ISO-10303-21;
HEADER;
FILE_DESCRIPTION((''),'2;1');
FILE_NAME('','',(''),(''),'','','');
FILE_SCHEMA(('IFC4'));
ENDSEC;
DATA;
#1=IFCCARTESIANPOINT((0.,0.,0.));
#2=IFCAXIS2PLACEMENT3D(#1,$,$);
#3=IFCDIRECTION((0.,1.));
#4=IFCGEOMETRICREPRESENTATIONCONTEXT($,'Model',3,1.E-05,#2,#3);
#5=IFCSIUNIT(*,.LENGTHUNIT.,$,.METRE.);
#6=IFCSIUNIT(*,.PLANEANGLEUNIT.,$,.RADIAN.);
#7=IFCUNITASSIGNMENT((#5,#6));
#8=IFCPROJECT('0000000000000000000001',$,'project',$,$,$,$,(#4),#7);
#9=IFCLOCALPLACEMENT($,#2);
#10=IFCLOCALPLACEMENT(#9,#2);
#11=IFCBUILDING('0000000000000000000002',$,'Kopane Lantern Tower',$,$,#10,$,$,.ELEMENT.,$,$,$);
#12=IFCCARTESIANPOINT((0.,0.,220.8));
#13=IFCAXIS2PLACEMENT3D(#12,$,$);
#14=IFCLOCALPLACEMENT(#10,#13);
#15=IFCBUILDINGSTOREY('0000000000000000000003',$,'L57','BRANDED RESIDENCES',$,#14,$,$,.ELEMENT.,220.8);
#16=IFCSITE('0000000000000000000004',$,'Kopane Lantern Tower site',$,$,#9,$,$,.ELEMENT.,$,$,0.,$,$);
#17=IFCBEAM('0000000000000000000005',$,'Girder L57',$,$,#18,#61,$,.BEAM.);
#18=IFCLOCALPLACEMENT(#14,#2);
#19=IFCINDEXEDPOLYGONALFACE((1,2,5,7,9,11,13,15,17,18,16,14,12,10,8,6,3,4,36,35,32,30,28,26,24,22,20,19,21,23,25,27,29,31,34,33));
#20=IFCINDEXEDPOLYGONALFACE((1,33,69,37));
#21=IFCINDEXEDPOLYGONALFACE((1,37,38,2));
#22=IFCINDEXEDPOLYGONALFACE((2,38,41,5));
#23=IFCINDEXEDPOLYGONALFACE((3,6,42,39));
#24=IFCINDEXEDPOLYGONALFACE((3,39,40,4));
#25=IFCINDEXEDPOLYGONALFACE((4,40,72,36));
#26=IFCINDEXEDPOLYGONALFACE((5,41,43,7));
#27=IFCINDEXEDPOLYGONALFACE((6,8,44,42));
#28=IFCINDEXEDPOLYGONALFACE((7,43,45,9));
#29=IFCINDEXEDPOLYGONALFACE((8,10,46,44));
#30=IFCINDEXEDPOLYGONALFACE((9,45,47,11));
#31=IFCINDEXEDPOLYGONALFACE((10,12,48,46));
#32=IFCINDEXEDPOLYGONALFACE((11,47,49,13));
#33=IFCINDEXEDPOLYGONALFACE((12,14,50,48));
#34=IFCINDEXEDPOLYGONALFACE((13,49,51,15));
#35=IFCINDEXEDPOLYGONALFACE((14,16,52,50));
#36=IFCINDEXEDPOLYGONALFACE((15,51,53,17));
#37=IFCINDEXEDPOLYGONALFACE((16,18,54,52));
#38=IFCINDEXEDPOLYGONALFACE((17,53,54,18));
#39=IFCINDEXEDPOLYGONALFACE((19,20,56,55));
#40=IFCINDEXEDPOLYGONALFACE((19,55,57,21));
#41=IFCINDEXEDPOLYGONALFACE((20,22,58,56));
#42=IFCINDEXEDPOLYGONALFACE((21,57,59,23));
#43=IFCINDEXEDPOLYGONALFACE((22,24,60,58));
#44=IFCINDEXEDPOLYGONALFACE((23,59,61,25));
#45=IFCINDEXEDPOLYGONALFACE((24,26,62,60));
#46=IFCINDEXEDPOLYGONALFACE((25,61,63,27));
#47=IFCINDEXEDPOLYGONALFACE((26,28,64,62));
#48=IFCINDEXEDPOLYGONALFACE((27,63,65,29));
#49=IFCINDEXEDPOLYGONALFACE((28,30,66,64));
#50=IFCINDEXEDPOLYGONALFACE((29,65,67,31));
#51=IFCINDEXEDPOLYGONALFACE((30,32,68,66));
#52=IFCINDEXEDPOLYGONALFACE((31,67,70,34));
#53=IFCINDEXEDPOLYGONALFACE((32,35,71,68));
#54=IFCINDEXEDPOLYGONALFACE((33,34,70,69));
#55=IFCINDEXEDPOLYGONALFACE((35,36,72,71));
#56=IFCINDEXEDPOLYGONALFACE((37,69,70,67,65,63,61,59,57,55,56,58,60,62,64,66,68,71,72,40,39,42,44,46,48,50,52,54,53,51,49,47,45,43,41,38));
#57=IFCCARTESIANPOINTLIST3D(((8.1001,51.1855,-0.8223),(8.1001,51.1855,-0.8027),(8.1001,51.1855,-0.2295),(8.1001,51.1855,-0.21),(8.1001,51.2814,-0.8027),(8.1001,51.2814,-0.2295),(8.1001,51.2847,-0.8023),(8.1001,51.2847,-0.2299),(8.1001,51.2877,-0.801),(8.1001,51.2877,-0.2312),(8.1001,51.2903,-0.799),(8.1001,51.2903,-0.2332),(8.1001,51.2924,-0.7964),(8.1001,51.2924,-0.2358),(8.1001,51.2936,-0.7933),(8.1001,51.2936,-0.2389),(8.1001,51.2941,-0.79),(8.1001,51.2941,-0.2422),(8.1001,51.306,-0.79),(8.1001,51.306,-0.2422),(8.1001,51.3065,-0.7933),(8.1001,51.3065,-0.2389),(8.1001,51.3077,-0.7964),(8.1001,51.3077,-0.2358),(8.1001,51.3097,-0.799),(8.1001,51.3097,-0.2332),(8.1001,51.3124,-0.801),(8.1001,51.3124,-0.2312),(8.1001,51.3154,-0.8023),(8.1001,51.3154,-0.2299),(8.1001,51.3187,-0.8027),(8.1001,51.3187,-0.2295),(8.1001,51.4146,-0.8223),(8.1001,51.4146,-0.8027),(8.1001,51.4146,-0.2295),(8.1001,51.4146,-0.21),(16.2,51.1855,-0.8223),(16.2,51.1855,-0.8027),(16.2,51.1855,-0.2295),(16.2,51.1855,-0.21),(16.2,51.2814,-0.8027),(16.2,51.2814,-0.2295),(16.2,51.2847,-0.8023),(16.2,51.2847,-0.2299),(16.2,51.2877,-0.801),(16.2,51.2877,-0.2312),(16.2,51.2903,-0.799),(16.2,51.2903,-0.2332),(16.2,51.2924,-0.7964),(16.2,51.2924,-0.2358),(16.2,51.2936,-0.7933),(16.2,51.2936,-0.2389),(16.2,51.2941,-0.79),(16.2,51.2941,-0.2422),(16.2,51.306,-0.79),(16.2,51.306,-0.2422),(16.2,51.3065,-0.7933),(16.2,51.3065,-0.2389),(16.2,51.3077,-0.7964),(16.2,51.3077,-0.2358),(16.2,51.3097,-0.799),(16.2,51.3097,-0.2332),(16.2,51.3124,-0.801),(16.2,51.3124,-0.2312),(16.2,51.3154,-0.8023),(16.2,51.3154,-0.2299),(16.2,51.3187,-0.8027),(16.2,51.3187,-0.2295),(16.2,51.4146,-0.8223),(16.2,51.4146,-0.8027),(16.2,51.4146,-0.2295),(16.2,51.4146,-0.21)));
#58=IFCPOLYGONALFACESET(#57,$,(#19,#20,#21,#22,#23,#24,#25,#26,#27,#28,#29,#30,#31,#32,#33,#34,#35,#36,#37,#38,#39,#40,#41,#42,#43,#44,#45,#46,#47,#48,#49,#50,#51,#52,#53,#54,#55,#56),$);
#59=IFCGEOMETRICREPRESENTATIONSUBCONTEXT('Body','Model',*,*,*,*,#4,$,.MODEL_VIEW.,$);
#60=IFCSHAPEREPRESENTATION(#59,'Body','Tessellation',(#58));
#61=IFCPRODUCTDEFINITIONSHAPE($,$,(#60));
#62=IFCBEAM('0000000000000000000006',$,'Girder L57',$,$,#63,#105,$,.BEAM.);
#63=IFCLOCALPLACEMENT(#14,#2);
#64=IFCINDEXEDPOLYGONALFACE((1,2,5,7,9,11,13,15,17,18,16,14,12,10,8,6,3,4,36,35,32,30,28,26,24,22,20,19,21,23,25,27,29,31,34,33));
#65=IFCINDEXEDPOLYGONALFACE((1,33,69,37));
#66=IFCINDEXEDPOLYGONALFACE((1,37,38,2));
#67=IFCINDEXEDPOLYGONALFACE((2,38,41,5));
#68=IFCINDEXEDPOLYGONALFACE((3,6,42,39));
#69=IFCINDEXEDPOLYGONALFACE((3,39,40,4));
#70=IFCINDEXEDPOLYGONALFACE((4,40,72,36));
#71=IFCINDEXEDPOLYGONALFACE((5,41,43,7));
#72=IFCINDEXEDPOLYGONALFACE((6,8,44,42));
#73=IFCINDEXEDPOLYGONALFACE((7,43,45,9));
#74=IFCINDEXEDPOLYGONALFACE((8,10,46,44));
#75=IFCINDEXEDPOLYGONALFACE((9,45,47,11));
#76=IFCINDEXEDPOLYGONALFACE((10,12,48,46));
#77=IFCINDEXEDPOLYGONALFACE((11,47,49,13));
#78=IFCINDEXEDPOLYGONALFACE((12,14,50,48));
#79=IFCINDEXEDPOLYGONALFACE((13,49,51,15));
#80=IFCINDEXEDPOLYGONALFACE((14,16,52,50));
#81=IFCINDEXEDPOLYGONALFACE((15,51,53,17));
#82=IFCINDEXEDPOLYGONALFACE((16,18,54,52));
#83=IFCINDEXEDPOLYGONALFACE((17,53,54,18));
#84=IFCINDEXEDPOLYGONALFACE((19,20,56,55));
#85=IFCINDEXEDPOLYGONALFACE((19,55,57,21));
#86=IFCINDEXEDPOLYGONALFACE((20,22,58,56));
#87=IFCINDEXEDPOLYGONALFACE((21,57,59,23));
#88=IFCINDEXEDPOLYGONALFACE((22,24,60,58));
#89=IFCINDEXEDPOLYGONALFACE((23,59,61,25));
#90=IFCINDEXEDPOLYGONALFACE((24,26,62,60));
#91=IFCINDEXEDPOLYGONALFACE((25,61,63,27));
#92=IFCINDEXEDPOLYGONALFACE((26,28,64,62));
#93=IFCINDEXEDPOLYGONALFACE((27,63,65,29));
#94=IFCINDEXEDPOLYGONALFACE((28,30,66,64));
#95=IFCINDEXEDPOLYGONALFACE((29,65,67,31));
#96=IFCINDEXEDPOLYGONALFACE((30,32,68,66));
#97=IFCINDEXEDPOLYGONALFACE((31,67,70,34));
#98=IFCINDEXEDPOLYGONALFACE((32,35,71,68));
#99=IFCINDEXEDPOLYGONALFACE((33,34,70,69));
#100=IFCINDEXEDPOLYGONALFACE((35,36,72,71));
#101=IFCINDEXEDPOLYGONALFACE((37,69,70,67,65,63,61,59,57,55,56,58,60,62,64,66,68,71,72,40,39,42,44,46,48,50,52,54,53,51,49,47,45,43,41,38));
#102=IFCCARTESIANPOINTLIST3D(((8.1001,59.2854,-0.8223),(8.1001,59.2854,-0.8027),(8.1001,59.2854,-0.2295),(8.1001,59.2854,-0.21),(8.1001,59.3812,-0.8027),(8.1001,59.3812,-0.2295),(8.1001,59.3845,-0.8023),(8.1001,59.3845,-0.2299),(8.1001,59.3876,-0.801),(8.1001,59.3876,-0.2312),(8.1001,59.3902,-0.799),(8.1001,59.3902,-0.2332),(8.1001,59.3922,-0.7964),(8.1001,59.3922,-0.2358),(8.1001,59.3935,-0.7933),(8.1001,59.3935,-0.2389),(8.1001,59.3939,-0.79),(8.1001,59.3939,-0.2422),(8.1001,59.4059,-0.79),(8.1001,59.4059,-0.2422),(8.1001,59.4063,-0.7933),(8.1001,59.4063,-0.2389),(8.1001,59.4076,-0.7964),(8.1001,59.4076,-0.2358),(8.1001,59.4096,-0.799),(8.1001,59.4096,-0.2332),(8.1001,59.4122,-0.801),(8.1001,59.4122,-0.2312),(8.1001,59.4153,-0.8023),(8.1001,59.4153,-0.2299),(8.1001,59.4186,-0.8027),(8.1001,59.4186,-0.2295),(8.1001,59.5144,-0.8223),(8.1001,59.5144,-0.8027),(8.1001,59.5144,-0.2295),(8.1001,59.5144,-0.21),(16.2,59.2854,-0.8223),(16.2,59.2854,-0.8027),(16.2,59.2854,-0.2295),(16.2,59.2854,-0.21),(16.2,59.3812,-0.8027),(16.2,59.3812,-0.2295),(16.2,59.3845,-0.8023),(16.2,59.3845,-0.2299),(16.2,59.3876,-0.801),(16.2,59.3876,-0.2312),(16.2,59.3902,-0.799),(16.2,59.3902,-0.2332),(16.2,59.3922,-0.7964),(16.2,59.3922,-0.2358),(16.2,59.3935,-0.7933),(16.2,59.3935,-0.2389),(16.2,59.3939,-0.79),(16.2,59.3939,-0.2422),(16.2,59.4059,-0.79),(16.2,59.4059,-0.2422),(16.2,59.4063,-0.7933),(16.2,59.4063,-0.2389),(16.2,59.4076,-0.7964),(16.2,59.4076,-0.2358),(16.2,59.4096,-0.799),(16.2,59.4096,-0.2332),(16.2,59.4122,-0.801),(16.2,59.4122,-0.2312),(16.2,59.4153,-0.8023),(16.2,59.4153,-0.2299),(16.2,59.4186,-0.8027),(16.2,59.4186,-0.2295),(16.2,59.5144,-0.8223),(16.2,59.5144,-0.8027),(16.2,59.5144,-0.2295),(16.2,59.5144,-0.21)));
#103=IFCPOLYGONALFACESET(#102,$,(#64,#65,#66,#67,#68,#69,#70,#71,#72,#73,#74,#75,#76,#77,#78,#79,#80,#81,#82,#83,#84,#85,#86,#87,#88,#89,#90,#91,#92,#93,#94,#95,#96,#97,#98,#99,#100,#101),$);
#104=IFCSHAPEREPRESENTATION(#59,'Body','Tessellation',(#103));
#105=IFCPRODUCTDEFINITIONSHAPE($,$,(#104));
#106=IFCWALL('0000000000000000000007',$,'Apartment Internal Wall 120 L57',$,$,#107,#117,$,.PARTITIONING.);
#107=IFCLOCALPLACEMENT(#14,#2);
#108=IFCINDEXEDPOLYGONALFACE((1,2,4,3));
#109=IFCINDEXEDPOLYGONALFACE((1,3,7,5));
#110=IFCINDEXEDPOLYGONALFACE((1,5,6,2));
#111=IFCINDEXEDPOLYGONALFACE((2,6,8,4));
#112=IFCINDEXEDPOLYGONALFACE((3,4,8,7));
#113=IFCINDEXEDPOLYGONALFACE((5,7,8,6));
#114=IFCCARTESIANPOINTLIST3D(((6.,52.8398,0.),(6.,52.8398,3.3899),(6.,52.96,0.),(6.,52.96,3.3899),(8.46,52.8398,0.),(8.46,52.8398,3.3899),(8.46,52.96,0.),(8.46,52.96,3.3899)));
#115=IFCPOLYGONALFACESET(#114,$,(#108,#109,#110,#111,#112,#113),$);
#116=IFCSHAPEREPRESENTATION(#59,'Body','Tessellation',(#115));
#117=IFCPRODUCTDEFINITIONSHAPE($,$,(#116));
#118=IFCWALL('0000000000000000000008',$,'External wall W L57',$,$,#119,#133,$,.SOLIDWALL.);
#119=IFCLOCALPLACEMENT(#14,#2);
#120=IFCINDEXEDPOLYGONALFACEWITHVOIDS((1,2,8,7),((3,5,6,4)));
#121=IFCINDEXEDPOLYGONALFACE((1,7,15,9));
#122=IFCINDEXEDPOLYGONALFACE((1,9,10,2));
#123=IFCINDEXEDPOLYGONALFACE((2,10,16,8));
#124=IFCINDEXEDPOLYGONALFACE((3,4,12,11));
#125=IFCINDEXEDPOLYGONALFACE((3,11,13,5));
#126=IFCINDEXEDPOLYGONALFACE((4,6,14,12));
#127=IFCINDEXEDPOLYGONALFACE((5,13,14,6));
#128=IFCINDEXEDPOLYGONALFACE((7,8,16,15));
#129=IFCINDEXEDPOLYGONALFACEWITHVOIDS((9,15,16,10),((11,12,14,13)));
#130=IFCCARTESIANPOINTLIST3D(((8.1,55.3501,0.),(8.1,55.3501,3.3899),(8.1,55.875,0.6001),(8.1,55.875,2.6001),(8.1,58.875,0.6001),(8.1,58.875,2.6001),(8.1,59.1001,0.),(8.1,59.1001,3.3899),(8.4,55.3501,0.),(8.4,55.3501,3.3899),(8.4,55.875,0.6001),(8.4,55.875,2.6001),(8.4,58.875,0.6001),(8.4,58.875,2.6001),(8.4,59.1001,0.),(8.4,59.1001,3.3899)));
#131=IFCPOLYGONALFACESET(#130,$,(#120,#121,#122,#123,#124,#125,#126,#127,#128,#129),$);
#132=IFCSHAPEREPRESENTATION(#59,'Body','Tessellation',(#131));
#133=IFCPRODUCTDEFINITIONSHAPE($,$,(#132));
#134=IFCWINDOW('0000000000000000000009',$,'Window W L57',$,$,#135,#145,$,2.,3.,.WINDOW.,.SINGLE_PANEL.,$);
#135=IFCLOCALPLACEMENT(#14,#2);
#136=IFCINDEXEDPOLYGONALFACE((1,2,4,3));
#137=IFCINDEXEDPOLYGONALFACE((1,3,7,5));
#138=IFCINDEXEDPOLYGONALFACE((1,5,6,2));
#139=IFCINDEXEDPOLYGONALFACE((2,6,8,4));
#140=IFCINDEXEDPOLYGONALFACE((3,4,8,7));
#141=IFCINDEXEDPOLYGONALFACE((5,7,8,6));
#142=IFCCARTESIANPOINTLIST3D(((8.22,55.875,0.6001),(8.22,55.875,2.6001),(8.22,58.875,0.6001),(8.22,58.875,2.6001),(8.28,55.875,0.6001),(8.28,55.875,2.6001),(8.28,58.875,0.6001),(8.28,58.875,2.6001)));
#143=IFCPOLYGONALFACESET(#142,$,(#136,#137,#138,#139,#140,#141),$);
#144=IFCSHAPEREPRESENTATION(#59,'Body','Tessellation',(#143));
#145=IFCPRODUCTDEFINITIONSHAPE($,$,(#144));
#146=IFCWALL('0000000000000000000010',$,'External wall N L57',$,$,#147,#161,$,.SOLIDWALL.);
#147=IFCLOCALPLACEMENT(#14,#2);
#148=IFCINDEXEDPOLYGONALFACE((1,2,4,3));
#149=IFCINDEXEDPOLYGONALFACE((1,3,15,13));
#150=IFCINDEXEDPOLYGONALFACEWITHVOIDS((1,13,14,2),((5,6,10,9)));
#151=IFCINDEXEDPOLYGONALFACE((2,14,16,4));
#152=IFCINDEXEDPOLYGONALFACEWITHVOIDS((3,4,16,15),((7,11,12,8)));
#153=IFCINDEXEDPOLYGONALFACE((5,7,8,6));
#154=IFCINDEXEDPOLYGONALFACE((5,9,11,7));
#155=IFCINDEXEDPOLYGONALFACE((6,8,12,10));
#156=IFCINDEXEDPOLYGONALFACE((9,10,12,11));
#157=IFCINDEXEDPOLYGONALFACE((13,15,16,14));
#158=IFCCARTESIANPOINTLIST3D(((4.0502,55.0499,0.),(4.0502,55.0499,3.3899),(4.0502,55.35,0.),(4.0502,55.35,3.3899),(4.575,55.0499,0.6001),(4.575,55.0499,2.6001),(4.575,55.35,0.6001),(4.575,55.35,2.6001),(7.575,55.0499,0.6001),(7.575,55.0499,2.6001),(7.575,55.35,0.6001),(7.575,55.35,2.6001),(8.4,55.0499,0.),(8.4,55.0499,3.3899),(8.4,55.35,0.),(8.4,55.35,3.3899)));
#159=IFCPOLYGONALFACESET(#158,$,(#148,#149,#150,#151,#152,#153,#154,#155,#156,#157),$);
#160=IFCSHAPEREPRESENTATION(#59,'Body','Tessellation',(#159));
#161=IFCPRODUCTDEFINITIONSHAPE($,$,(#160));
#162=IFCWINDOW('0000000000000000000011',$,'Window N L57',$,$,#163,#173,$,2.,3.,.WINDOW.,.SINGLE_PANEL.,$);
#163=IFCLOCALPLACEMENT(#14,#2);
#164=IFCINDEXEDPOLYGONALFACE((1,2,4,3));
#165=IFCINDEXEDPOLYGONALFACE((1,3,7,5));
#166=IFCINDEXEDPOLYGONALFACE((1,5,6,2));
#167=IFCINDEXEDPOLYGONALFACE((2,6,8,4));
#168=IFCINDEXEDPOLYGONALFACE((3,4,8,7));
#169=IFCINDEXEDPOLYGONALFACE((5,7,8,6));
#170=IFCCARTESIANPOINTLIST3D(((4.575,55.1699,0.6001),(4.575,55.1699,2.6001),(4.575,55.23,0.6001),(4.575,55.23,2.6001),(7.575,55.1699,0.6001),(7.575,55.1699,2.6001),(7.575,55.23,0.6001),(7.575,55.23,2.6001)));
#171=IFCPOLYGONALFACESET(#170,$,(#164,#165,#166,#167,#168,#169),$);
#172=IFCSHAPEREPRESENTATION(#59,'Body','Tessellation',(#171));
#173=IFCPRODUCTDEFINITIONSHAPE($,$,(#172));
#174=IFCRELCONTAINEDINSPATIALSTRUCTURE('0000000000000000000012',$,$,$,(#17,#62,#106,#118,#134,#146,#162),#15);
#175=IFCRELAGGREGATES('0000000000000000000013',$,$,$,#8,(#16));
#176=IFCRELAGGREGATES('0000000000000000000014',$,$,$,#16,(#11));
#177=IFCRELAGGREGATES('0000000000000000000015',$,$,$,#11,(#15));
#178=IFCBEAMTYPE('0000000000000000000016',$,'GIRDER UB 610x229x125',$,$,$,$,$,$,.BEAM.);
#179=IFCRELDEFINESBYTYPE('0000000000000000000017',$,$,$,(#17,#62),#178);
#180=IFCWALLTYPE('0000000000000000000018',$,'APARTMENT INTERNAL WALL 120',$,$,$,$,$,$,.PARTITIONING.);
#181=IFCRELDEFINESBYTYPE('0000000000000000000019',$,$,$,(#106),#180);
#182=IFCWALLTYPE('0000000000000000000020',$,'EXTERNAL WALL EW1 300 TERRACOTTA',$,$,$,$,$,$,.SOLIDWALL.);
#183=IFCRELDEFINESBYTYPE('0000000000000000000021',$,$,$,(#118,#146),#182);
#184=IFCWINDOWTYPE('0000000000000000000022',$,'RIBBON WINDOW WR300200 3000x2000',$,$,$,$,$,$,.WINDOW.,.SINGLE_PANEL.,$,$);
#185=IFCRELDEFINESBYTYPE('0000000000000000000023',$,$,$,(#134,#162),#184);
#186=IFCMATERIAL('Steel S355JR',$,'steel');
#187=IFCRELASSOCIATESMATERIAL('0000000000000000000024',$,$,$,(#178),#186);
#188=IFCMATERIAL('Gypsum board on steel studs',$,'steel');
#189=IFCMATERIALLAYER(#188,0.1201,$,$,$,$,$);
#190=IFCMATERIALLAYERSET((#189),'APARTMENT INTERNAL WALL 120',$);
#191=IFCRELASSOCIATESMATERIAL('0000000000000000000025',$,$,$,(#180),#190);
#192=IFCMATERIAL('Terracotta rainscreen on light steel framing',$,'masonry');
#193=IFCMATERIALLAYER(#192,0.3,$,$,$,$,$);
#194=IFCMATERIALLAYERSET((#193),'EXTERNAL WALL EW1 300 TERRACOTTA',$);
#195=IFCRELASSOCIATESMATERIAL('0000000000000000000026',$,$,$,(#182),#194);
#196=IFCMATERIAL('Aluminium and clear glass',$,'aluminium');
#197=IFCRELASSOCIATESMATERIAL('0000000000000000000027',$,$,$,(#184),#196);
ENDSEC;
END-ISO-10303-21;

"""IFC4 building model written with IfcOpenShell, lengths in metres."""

from ifc_helpers import new_model, si_unit, direction, frame, frame_2d, origin, origin_2d, place, context, subcontext, project, spatial, rectangle, i_section, extrude, material, layer, layer_set, material_profile, profile_set, type_object, element, fill, save


model = new_model("IFC4")

# Units and contexts
model_context = context("Model", 3, precision=1e-05, world=origin(), true_north=direction((0.0, 1.0)))
body_context = subcontext(model_context, "Body", "Model", "MODEL_VIEW")
ifc_project = project(units=[si_unit("LENGTHUNIT", "METRE"), si_unit("PLANEANGLEUNIT", "RADIAN")], contexts=[model_context])

# Site, building, storey
site_placement = place(None, origin())
site = spatial("IfcSite", under=ifc_project, at=site_placement, Name="Kopane Lantern Tower site", CompositionType="ELEMENT", RefElevation=0.0)
building_placement = place(site_placement, origin())
building = spatial("IfcBuilding", under=site, at=building_placement, Name="Kopane Lantern Tower", CompositionType="ELEMENT")
storey_placement = place(building_placement, frame((0.0, 0.0, 220.8)))
storey = spatial("IfcBuildingStorey", under=building, at=storey_placement, Name="L57", Description="BRANDED RESIDENCES", CompositionType="ELEMENT", Elevation=220.8)

# Beams
ifc_material_1 = material(Name="Steel S355JR", Category="steel")
ifc_material_profile_1 = material_profile(ifc_material_1, i_section(OverallWidth=0.229, OverallDepth=0.6123, WebThickness=0.012, FlangeThickness=0.0195, FilletRadius=0.0127, at=origin_2d()), Name="UB 610x229x125")
ifc_profile_set_1 = profile_set([ifc_material_profile_1], Name="Steel S355JR")
beam_type_1 = type_object("IfcBeamType", Name="GIRDER UB 610x229x125", PredefinedType="BEAM", material=ifc_profile_set_1)
for number, where, z_axis, x_axis, name in (
    (1, (8.1001, 51.3, -0.5161), (1.0, 0.0, 0.0), (0.0, 1.0, 0.0), "Girder L57"),
    (2, (8.1001, 59.3999, -0.5161), (1.0, 0.0, 0.0), (0.0, 1.0, 0.0), "Girder L57"),
):
    element("IfcBeam", number, at=place(storey_placement, frame(where, z_axis=z_axis, x_axis=x_axis)), inside=storey, type_object=beam_type_1, Name=name, PredefinedType="BEAM", context=body_context, shape_type="SweptSolid", body=[
        extrude(i_section(OverallWidth=0.229, OverallDepth=0.6123, WebThickness=0.012, FlangeThickness=0.0195, FilletRadius=0.0127, at=origin_2d()), origin(), (0.0, 0.0, 1.0), 8.0999),
    ])

# Wall
ifc_material_2 = material(Name="Gypsum board on steel studs", Category="steel")
ifc_layer_1 = layer(ifc_material_2, 0.1201)
ifc_layer_set_1 = layer_set([ifc_layer_1], Name="APARTMENT INTERNAL WALL 120")
wall_type_1 = type_object("IfcWallType", Name="APARTMENT INTERNAL WALL 120", PredefinedType="PARTITIONING", material=ifc_layer_set_1)
wall_1_placement = place(storey_placement, frame((6.0, 52.8999, 0.0), z_axis=(0.0, 0.0, 1.0), x_axis=(1.0, 0.0, 0.0)))
element("IfcWall", 3, at=wall_1_placement, inside=storey, type_object=wall_type_1, Name="Apartment Internal Wall 120 L57", PredefinedType="PARTITIONING", context=body_context, shape_type="SweptSolid", body=[
    extrude(rectangle(XDim=2.46, YDim=0.1201, at=frame_2d((1.23, 0.0))), origin(), (0.0, 0.0, 1.0), 3.3899),
])

# Walls, openings, windows
ifc_material_3 = material(Name="Terracotta rainscreen on light steel framing", Category="masonry")
ifc_layer_2 = layer(ifc_material_3, 0.3)
ifc_layer_set_2 = layer_set([ifc_layer_2], Name="EXTERNAL WALL EW1 300 TERRACOTTA")
wall_type_2 = type_object("IfcWallType", Name="EXTERNAL WALL EW1 300 TERRACOTTA", PredefinedType="SOLIDWALL", material=ifc_layer_set_2)
wall_2_placement = place(storey_placement, frame((8.25, 59.1001, 0.0), z_axis=(0.0, 0.0, 1.0), x_axis=(0.0, -1.0, 0.0)))
wall_2 = element("IfcWall", 4, at=wall_2_placement, inside=storey, type_object=wall_type_2, Name="External wall W L57", PredefinedType="SOLIDWALL", context=body_context, shape_type="SweptSolid", body=[
    extrude(rectangle(XDim=3.75, YDim=0.3, at=frame_2d((1.875, 0.0))), origin(), (0.0, 0.0, 1.0), 3.3899),
])
opening_1_placement = place(wall_2_placement, frame((0.2251, 0.0, 0.6001)))
opening_1 = element("IfcOpeningElement", 5, at=opening_1_placement, cuts=wall_2, PredefinedType="OPENING", context=body_context, shape_type="SweptSolid", body=[
    extrude(rectangle(XDim=3.0, YDim=2.0, at=frame_2d((1.5, 1.0))), frame((0.0, 0.1599, 0.0), z_axis=(0.0, -1.0, 0.0), x_axis=(1.0, 0.0, 0.0)), (0.0, 0.0, 1.0), 0.3201),
])
ifc_material_4 = material(Name="Aluminium and clear glass", Category="aluminium")
window_type = type_object("IfcWindowType", Name="RIBBON WINDOW WR300200 3000x2000", PartitioningType="SINGLE_PANEL", PredefinedType="WINDOW", material=ifc_material_4)
window_1_placement = place(opening_1_placement, origin())
window_1 = element("IfcWindow", 6, at=window_1_placement, inside=storey, type_object=window_type, Name="Window W L57", OverallHeight=2.0, OverallWidth=3.0, PartitioningType="SINGLE_PANEL", PredefinedType="WINDOW", context=body_context, shape_type="SweptSolid", body=[
    extrude(rectangle(XDim=3.0, YDim=2.0, at=frame_2d((1.5, 1.0))), frame((0.0, 0.03, 0.0), z_axis=(0.0, -1.0, 0.0), x_axis=(1.0, 0.0, 0.0)), (0.0, 0.0, 1.0), 0.0601),
])
fill(opening_1, window_1)
wall_3_placement = place(storey_placement, frame((8.3999, 55.2, 0.0), z_axis=(0.0, 0.0, 1.0), x_axis=(-1.0, 0.0, 0.0)))
wall_3 = element("IfcWall", 7, at=wall_3_placement, inside=storey, type_object=wall_type_2, Name="External wall N L57", PredefinedType="SOLIDWALL", context=body_context, shape_type="SweptSolid", body=[
    extrude(rectangle(XDim=4.3499, YDim=0.3, at=frame_2d((2.1748, 0.0))), origin(), (0.0, 0.0, 1.0), 3.3899),
])
opening_2_placement = place(wall_3_placement, frame((0.825, 0.0, 0.6001)))
opening_2 = element("IfcOpeningElement", 8, at=opening_2_placement, cuts=wall_3, PredefinedType="OPENING", context=body_context, shape_type="SweptSolid", body=[
    extrude(rectangle(XDim=3.0, YDim=2.0, at=frame_2d((1.5, 1.0))), frame((0.0, 0.1599, 0.0), z_axis=(0.0, -1.0, 0.0), x_axis=(1.0, 0.0, 0.0)), (0.0, 0.0, 1.0), 0.3201),
])
window_2_placement = place(opening_2_placement, origin())
window_2 = element("IfcWindow", 9, at=window_2_placement, inside=storey, type_object=window_type, Name="Window N L57", OverallHeight=2.0, OverallWidth=3.0, PartitioningType="SINGLE_PANEL", PredefinedType="WINDOW", context=body_context, shape_type="SweptSolid", body=[
    extrude(rectangle(XDim=3.0, YDim=2.0, at=frame_2d((1.5, 1.0))), frame((0.0, 0.03, 0.0), z_axis=(0.0, -1.0, 0.0), x_axis=(1.0, 0.0, 0.0)), (0.0, 0.0, 1.0), 0.0601),
])
fill(opening_2, window_2)

save(model, "model.ifc")
